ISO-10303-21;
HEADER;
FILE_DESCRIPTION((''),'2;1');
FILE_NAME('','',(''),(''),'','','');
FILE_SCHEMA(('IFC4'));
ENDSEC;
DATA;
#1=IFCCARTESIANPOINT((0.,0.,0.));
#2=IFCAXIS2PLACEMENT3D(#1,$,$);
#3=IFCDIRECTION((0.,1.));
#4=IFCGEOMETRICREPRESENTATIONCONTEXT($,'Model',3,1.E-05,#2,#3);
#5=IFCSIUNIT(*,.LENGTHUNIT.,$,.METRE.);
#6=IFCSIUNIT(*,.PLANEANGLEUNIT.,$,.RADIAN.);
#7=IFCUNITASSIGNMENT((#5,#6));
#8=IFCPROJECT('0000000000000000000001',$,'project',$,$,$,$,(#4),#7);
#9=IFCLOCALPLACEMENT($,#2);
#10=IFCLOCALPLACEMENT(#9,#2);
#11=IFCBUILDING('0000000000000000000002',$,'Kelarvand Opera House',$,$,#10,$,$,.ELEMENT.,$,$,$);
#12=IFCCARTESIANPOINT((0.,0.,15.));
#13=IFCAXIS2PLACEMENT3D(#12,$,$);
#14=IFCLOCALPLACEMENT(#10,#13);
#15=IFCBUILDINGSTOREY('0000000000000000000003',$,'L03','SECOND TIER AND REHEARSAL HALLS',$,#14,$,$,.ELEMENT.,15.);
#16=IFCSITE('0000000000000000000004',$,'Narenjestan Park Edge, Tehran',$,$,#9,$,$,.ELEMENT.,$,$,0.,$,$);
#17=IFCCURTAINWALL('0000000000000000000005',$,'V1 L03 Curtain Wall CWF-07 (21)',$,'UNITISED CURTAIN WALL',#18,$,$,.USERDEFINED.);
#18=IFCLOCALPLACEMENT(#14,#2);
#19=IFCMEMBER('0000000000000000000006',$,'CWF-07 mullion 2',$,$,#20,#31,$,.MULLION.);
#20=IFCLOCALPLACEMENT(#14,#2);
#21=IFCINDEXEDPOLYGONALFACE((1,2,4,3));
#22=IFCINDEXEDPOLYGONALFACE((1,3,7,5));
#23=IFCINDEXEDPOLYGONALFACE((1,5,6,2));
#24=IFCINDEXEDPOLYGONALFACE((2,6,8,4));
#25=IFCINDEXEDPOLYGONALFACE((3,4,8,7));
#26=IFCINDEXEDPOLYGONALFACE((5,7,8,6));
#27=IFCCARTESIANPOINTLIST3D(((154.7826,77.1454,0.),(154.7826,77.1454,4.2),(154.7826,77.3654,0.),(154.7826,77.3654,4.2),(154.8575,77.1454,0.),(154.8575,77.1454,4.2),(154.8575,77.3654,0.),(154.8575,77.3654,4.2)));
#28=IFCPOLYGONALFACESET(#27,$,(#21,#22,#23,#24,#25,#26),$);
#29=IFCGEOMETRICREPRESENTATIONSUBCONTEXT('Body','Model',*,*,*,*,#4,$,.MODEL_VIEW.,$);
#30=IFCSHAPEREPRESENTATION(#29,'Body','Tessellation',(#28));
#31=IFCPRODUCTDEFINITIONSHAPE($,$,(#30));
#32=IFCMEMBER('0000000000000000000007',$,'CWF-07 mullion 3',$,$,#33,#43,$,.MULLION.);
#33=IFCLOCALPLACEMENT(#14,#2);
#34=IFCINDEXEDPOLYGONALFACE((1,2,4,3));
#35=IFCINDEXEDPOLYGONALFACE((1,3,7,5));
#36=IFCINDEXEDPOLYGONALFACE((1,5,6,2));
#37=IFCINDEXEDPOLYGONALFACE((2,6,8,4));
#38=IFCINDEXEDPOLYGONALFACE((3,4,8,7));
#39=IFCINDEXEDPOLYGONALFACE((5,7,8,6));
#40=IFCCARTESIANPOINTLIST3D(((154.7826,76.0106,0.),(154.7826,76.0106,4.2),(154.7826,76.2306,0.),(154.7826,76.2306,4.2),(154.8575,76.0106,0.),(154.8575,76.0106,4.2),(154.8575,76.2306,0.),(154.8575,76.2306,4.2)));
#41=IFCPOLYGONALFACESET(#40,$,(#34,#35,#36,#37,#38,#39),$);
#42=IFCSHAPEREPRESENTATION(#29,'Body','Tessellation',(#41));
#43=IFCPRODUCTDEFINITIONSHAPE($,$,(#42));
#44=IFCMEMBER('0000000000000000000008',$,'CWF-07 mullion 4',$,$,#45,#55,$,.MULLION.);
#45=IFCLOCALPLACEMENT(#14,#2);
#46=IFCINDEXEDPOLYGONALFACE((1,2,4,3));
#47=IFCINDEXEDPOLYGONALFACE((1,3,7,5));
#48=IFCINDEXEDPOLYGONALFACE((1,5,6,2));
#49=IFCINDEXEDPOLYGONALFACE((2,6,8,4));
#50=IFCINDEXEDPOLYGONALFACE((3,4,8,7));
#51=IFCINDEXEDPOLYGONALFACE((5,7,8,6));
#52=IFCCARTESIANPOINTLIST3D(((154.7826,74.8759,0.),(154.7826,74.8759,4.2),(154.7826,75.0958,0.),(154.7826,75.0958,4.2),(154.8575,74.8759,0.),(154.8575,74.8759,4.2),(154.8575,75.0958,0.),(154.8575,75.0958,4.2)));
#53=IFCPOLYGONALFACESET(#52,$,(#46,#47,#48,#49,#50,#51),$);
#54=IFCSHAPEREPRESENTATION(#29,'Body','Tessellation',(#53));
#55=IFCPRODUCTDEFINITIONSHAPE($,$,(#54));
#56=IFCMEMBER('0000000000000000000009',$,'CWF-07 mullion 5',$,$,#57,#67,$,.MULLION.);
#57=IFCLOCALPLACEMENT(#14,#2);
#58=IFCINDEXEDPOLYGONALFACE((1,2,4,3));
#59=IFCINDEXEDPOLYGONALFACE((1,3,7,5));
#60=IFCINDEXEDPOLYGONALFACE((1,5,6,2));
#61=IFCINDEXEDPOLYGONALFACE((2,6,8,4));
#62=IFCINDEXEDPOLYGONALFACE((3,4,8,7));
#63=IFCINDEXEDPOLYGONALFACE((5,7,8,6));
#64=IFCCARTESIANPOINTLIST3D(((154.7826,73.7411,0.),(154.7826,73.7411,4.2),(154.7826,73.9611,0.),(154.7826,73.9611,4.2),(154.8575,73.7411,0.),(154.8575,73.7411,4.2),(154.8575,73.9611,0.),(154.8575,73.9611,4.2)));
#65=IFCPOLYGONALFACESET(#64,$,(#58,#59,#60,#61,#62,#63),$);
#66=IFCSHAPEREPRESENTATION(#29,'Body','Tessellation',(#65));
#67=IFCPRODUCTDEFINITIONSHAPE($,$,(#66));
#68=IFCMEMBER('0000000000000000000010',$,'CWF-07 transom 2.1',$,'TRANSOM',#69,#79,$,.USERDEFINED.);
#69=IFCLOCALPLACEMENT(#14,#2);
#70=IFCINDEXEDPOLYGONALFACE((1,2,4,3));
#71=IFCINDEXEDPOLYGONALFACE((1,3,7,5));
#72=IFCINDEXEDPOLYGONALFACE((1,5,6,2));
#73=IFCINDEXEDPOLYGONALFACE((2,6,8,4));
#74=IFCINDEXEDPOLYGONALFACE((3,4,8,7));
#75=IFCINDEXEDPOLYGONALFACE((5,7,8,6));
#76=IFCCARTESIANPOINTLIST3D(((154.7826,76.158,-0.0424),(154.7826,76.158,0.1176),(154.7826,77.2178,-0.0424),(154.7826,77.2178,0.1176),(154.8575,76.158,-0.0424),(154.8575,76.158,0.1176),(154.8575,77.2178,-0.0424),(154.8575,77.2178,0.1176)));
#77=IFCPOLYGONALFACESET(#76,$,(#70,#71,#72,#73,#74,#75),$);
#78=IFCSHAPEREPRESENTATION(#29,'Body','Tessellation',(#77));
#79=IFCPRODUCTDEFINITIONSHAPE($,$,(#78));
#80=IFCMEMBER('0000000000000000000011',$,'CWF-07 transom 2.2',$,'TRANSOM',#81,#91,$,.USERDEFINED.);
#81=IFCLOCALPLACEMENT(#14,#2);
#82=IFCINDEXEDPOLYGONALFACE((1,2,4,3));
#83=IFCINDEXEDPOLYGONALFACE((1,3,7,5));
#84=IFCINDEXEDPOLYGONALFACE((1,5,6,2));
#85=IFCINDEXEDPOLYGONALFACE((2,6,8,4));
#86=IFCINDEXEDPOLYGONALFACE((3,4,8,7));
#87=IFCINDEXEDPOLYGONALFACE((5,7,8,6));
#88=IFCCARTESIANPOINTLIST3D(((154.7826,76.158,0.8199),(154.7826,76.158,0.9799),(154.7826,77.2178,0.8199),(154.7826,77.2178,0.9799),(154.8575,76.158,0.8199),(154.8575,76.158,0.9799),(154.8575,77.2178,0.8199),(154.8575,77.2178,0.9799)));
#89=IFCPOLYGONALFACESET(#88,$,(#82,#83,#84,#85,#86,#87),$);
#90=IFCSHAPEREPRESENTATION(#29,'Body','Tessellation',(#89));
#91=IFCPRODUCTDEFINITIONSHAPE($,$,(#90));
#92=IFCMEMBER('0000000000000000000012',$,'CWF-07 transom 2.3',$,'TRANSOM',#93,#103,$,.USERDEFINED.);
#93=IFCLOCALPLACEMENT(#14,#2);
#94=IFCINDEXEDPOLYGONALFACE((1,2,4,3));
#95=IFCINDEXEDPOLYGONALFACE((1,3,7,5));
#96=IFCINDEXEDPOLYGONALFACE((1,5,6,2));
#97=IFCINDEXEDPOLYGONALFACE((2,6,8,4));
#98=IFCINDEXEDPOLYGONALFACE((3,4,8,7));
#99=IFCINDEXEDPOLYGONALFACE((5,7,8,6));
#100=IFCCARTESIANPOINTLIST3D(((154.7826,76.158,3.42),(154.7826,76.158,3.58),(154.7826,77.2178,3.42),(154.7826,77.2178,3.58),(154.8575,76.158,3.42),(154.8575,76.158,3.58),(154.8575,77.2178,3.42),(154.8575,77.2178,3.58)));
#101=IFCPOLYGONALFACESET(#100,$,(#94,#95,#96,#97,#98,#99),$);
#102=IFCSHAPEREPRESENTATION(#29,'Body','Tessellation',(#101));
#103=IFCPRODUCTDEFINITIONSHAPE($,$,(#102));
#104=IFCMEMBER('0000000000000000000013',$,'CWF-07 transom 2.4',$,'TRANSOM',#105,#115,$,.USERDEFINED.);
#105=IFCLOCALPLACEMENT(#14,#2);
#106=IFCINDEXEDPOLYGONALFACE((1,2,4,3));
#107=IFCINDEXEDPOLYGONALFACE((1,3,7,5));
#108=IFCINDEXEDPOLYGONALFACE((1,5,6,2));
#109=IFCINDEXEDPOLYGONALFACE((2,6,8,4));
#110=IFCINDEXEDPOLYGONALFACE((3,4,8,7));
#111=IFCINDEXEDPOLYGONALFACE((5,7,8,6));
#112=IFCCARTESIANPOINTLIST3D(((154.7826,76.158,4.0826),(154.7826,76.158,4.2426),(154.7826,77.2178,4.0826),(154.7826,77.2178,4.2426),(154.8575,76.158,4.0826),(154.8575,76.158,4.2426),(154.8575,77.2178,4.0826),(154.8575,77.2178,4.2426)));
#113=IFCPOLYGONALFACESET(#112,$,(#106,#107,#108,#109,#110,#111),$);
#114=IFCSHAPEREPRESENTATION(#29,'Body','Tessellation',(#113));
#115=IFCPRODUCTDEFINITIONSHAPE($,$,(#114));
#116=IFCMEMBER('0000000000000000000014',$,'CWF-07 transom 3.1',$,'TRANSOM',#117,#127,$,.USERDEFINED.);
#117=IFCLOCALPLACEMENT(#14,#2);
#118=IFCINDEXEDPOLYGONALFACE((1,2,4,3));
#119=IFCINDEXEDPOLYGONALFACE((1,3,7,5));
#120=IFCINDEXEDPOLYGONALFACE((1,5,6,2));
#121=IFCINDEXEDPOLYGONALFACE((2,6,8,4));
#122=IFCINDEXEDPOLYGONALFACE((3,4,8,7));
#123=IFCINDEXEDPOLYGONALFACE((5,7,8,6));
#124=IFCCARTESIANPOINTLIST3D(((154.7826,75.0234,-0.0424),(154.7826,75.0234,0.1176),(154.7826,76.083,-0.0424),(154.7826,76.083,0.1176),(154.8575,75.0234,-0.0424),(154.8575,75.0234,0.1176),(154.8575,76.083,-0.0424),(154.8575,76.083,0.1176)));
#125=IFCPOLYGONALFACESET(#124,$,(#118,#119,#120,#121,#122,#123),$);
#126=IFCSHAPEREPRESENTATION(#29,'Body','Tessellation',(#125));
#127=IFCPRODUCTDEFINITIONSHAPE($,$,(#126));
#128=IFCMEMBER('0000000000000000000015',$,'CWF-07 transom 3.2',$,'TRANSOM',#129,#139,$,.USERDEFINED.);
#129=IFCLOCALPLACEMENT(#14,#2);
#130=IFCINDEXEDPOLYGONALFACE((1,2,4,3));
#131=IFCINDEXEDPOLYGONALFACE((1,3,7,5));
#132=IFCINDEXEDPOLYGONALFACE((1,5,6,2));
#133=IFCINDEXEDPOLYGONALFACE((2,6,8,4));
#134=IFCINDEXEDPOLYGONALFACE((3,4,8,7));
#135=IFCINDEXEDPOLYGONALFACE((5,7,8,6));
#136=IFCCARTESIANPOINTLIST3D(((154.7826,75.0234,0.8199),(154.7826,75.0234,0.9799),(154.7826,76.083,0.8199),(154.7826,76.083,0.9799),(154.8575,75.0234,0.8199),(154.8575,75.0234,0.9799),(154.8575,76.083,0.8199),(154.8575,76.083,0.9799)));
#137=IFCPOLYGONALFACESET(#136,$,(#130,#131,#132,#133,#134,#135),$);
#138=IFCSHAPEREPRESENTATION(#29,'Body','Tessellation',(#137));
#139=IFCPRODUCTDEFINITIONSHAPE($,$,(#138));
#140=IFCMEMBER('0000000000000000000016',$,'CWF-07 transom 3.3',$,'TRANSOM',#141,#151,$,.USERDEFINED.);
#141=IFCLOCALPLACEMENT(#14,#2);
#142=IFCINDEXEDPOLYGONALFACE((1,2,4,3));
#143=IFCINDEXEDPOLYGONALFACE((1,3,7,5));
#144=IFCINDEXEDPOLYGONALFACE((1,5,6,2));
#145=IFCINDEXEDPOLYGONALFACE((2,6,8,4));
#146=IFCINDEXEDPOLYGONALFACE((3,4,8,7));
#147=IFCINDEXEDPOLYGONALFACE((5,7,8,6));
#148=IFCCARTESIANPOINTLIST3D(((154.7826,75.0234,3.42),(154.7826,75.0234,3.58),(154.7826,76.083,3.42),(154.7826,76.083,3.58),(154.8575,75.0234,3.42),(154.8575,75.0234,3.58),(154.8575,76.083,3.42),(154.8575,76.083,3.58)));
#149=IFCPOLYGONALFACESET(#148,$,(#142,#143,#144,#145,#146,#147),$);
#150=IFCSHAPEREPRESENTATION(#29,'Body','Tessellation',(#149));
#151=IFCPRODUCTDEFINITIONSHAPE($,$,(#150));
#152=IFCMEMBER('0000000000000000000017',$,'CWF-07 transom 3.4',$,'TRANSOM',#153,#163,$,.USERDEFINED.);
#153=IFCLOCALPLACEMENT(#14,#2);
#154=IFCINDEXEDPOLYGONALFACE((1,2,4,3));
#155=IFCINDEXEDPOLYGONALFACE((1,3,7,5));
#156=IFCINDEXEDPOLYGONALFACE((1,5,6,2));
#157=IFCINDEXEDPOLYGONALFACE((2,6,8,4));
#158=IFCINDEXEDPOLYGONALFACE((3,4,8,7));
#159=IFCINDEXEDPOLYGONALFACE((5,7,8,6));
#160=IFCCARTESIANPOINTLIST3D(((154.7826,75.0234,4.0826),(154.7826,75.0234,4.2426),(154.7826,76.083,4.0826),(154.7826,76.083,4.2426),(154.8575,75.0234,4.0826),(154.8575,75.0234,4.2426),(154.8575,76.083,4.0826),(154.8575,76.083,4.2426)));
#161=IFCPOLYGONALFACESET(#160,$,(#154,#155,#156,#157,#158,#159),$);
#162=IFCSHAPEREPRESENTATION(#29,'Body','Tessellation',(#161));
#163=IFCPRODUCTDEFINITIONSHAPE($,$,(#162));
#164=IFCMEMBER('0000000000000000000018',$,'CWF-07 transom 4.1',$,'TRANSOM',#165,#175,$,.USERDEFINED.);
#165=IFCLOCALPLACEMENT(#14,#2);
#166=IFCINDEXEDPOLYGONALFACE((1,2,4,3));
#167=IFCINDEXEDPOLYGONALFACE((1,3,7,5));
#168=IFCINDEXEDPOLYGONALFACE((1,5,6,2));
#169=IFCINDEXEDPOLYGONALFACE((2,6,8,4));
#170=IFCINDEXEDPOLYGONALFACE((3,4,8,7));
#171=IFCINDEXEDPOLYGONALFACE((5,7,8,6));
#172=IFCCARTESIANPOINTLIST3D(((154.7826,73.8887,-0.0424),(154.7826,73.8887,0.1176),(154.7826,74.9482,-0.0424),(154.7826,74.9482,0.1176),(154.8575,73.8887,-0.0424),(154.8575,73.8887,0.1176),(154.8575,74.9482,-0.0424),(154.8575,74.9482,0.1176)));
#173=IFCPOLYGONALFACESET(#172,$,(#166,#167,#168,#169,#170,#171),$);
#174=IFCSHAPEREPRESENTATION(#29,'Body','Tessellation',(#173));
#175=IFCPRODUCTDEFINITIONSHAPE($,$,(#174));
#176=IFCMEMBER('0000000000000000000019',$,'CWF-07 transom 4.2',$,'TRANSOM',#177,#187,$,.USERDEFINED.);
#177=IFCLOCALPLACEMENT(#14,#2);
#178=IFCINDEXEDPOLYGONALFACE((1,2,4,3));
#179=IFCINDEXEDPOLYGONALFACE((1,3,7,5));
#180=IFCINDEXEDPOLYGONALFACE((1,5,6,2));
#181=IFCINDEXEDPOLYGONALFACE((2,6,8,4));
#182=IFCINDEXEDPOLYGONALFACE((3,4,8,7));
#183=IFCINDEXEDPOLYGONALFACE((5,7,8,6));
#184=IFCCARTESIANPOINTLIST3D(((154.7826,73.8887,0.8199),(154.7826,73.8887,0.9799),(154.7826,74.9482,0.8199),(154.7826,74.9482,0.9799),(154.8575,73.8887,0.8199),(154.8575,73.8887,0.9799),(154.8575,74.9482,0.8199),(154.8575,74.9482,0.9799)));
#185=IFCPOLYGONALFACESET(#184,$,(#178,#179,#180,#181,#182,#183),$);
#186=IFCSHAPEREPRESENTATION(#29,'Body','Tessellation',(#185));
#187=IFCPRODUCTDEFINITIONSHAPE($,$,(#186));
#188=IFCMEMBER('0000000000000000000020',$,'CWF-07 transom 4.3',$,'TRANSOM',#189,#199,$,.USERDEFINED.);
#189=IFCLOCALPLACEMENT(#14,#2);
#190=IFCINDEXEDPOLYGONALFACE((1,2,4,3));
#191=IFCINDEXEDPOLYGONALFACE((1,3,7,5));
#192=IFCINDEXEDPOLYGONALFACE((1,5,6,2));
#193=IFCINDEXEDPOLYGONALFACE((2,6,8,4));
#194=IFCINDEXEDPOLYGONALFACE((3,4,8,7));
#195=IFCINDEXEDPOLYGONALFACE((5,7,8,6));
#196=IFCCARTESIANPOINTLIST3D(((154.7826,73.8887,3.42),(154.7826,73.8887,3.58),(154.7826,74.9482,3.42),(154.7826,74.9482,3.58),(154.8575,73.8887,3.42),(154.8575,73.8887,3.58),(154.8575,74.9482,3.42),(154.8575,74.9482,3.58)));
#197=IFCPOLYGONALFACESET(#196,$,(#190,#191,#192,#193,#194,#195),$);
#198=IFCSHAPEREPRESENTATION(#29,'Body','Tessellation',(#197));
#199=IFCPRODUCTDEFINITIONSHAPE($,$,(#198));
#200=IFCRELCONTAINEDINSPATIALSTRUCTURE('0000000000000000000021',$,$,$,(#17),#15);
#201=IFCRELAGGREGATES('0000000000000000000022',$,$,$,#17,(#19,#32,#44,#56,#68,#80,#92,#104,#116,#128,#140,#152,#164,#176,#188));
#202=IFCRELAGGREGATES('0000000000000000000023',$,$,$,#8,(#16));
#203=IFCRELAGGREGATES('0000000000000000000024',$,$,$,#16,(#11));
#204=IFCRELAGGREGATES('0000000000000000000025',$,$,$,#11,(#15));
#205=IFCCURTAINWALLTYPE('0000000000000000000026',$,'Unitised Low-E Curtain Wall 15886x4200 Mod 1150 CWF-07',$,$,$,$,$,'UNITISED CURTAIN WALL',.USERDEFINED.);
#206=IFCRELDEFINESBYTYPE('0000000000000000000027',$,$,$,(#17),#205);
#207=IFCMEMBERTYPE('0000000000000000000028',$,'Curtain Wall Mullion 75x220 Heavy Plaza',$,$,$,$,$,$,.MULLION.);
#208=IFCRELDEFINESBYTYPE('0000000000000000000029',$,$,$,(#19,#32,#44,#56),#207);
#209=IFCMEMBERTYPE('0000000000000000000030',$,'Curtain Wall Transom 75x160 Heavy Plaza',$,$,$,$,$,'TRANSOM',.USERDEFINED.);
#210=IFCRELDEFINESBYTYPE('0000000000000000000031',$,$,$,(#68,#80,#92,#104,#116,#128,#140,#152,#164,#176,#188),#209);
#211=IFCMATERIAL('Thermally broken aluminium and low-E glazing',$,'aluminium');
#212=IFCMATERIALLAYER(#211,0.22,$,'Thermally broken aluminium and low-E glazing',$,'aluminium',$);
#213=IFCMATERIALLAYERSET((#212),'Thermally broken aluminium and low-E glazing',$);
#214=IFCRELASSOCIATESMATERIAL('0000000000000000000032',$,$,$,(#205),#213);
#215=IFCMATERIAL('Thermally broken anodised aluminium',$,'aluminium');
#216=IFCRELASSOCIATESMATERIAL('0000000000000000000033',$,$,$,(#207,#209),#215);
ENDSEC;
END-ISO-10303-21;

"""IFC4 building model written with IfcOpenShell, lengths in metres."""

from ifc_helpers import new_model, si_unit, direction, frame, origin, origin_2d, place, context, subcontext, project, spatial, rectangle, extrude, material, layer, layer_set, material_profile, profile_set, type_object, element, aggregate, save


model = new_model("IFC4")

# Units and contexts
model_context = context("Model", 3, precision=1e-05, world=origin(), true_north=direction((0.0, 1.0)))
body_context = subcontext(model_context, "Body", "Model", "MODEL_VIEW")
ifc_project = project(units=[si_unit("LENGTHUNIT", "METRE"), si_unit("PLANEANGLEUNIT", "RADIAN")], contexts=[model_context])

# Site, building, storey
site_placement = place(None, origin())
site = spatial("IfcSite", under=ifc_project, at=site_placement, Name="Narenjestan Park Edge, Tehran", CompositionType="ELEMENT", RefElevation=0.0)
building_placement = place(site_placement, origin())
building = spatial("IfcBuilding", under=site, at=building_placement, Name="Kelarvand Opera House", CompositionType="ELEMENT")
storey_placement = place(building_placement, frame((0.0, 0.0, 15.0)))
storey = spatial("IfcBuildingStorey", under=building, at=storey_placement, Name="L03", Description="SECOND TIER AND REHEARSAL HALLS", CompositionType="ELEMENT", Elevation=15.0)

# Curtain wall, members
ifc_material_1 = material(Name="Thermally broken aluminium and low-E glazing", Category="aluminium")
ifc_layer_1 = layer(ifc_material_1, 0.22, Name="Thermally broken aluminium and low-E glazing", Category="aluminium")
ifc_layer_set_1 = layer_set([ifc_layer_1], Name="Thermally broken aluminium and low-E glazing")
curtain_wall_type = type_object("IfcCurtainWallType", Name="Unitised Low-E Curtain Wall 15886x4200 Mod 1150 CWF-07", ElementType="UNITISED CURTAIN WALL", PredefinedType="USERDEFINED", material=ifc_layer_set_1)
curtain_wall_placement = place(storey_placement, origin())
curtain_wall = element("IfcCurtainWall", 1, at=curtain_wall_placement, inside=storey, type_object=curtain_wall_type, Name="V1 L03 Curtain Wall CWF-07 (21)", ObjectType="UNITISED CURTAIN WALL", PredefinedType="USERDEFINED")
ifc_material_2 = material(Name="Thermally broken anodised aluminium", Category="aluminium")
ifc_material_profile_1 = material_profile(ifc_material_2, rectangle(XDim=0.075, YDim=0.22, at=origin_2d()), Name="ALU MULLION 75x220", Category="aluminium")
ifc_profile_set_1 = profile_set([ifc_material_profile_1], Name="Thermally broken anodised aluminium")
member_type_1 = type_object("IfcMemberType", Name="Curtain Wall Mullion 75x220 Heavy Plaza", PredefinedType="MULLION", material=ifc_profile_set_1)
member_1_placement = place(storey_placement, frame((154.8201, 77.2554, 0.0), z_axis=(0.0, 0.0, 1.0), x_axis=(1.0, 0.0, 0.0)))
member_1 = element("IfcMember", 2, at=member_1_placement, type_object=member_type_1, Name="CWF-07 mullion 2", PredefinedType="MULLION", context=body_context, shape_type="SweptSolid", body=[
    extrude(rectangle(XDim=0.075, YDim=0.22, at=origin_2d()), origin(), (0.0, 0.0, 1.0), 4.2),
])
member_2_placement = place(storey_placement, frame((154.8201, 76.1206, 0.0), z_axis=(0.0, 0.0, 1.0), x_axis=(1.0, 0.0, 0.0)))
member_2 = element("IfcMember", 3, at=member_2_placement, type_object=member_type_1, Name="CWF-07 mullion 3", PredefinedType="MULLION", context=body_context, shape_type="SweptSolid", body=[
    extrude(rectangle(XDim=0.075, YDim=0.22, at=origin_2d()), origin(), (0.0, 0.0, 1.0), 4.2),
])
member_3_placement = place(storey_placement, frame((154.8201, 74.9858, 0.0), z_axis=(0.0, 0.0, 1.0), x_axis=(1.0, 0.0, 0.0)))
member_3 = element("IfcMember", 4, at=member_3_placement, type_object=member_type_1, Name="CWF-07 mullion 4", PredefinedType="MULLION", context=body_context, shape_type="SweptSolid", body=[
    extrude(rectangle(XDim=0.075, YDim=0.22, at=origin_2d()), origin(), (0.0, 0.0, 1.0), 4.2),
])
member_4_placement = place(storey_placement, frame((154.8201, 73.8511, 0.0), z_axis=(0.0, 0.0, 1.0), x_axis=(1.0, 0.0, 0.0)))
member_4 = element("IfcMember", 5, at=member_4_placement, type_object=member_type_1, Name="CWF-07 mullion 5", PredefinedType="MULLION", context=body_context, shape_type="SweptSolid", body=[
    extrude(rectangle(XDim=0.075, YDim=0.22, at=origin_2d()), origin(), (0.0, 0.0, 1.0), 4.2),
])
ifc_material_profile_2 = material_profile(ifc_material_2, rectangle(XDim=0.075, YDim=0.1599, at=origin_2d()), Name="ALU TRANSOM 75x160", Category="aluminium")
ifc_profile_set_2 = profile_set([ifc_material_profile_2], Name="Thermally broken anodised aluminium")
member_type_2 = type_object("IfcMemberType", Name="Curtain Wall Transom 75x160 Heavy Plaza", ElementType="TRANSOM", PredefinedType="USERDEFINED", material=ifc_profile_set_2)
member_5_placement = place(storey_placement, frame((154.8201, 77.2178, 0.0376), z_axis=(0.0, -1.0, 0.0), x_axis=(1.0, 0.0, 0.0)))
member_5 = element("IfcMember", 6, at=member_5_placement, type_object=member_type_2, Name="CWF-07 transom 2.1", ObjectType="TRANSOM", PredefinedType="USERDEFINED", context=body_context, shape_type="SweptSolid", body=[
    extrude(rectangle(XDim=0.075, YDim=0.1599, at=origin_2d()), origin(), (0.0, 0.0, 1.0), 1.0598),
])
member_6_placement = place(storey_placement, frame((154.8201, 77.2178, 0.8999), z_axis=(0.0, -1.0, 0.0), x_axis=(1.0, 0.0, 0.0)))
member_6 = element("IfcMember", 7, at=member_6_placement, type_object=member_type_2, Name="CWF-07 transom 2.2", ObjectType="TRANSOM", PredefinedType="USERDEFINED", context=body_context, shape_type="SweptSolid", body=[
    extrude(rectangle(XDim=0.075, YDim=0.1599, at=origin_2d()), origin(), (0.0, 0.0, 1.0), 1.0598),
])
member_7_placement = place(storey_placement, frame((154.8201, 77.2178, 3.5), z_axis=(0.0, -1.0, 0.0), x_axis=(1.0, 0.0, 0.0)))
member_7 = element("IfcMember", 8, at=member_7_placement, type_object=member_type_2, Name="CWF-07 transom 2.3", ObjectType="TRANSOM", PredefinedType="USERDEFINED", context=body_context, shape_type="SweptSolid", body=[
    extrude(rectangle(XDim=0.075, YDim=0.1599, at=origin_2d()), origin(), (0.0, 0.0, 1.0), 1.0598),
])
member_8_placement = place(storey_placement, frame((154.8201, 77.2178, 4.1626), z_axis=(0.0, -1.0, 0.0), x_axis=(1.0, 0.0, 0.0)))
member_8 = element("IfcMember", 9, at=member_8_placement, type_object=member_type_2, Name="CWF-07 transom 2.4", ObjectType="TRANSOM", PredefinedType="USERDEFINED", context=body_context, shape_type="SweptSolid", body=[
    extrude(rectangle(XDim=0.075, YDim=0.1599, at=origin_2d()), origin(), (0.0, 0.0, 1.0), 1.0598),
])
member_9_placement = place(storey_placement, frame((154.8201, 76.083, 0.0376), z_axis=(0.0, -1.0, 0.0), x_axis=(1.0, 0.0, 0.0)))
member_9 = element("IfcMember", 10, at=member_9_placement, type_object=member_type_2, Name="CWF-07 transom 3.1", ObjectType="TRANSOM", PredefinedType="USERDEFINED", context=body_context, shape_type="SweptSolid", body=[
    extrude(rectangle(XDim=0.075, YDim=0.1599, at=origin_2d()), origin(), (0.0, 0.0, 1.0), 1.0596),
])
member_10_placement = place(storey_placement, frame((154.8201, 76.083, 0.8999), z_axis=(0.0, -1.0, 0.0), x_axis=(1.0, 0.0, 0.0)))
member_10 = element("IfcMember", 11, at=member_10_placement, type_object=member_type_2, Name="CWF-07 transom 3.2", ObjectType="TRANSOM", PredefinedType="USERDEFINED", context=body_context, shape_type="SweptSolid", body=[
    extrude(rectangle(XDim=0.075, YDim=0.1599, at=origin_2d()), origin(), (0.0, 0.0, 1.0), 1.0596),
])
member_11_placement = place(storey_placement, frame((154.8201, 76.083, 3.5), z_axis=(0.0, -1.0, 0.0), x_axis=(1.0, 0.0, 0.0)))
member_11 = element("IfcMember", 12, at=member_11_placement, type_object=member_type_2, Name="CWF-07 transom 3.3", ObjectType="TRANSOM", PredefinedType="USERDEFINED", context=body_context, shape_type="SweptSolid", body=[
    extrude(rectangle(XDim=0.075, YDim=0.1599, at=origin_2d()), origin(), (0.0, 0.0, 1.0), 1.0596),
])
member_12_placement = place(storey_placement, frame((154.8201, 76.083, 4.1626), z_axis=(0.0, -1.0, 0.0), x_axis=(1.0, 0.0, 0.0)))
member_12 = element("IfcMember", 13, at=member_12_placement, type_object=member_type_2, Name="CWF-07 transom 3.4", ObjectType="TRANSOM", PredefinedType="USERDEFINED", context=body_context, shape_type="SweptSolid", body=[
    extrude(rectangle(XDim=0.075, YDim=0.1599, at=origin_2d()), origin(), (0.0, 0.0, 1.0), 1.0596),
])
member_13_placement = place(storey_placement, frame((154.8201, 74.9482, 0.0376), z_axis=(0.0, -1.0, 0.0), x_axis=(1.0, 0.0, 0.0)))
member_13 = element("IfcMember", 14, at=member_13_placement, type_object=member_type_2, Name="CWF-07 transom 4.1", ObjectType="TRANSOM", PredefinedType="USERDEFINED", context=body_context, shape_type="SweptSolid", body=[
    extrude(rectangle(XDim=0.075, YDim=0.1599, at=origin_2d()), origin(), (0.0, 0.0, 1.0), 1.0596),
])
member_14_placement = place(storey_placement, frame((154.8201, 74.9482, 0.8999), z_axis=(0.0, -1.0, 0.0), x_axis=(1.0, 0.0, 0.0)))
member_14 = element("IfcMember", 15, at=member_14_placement, type_object=member_type_2, Name="CWF-07 transom 4.2", ObjectType="TRANSOM", PredefinedType="USERDEFINED", context=body_context, shape_type="SweptSolid", body=[
    extrude(rectangle(XDim=0.075, YDim=0.1599, at=origin_2d()), origin(), (0.0, 0.0, 1.0), 1.0596),
])
member_15_placement = place(storey_placement, frame((154.8201, 74.9482, 3.5), z_axis=(0.0, -1.0, 0.0), x_axis=(1.0, 0.0, 0.0)))
member_15 = element("IfcMember", 16, at=member_15_placement, type_object=member_type_2, Name="CWF-07 transom 4.3", ObjectType="TRANSOM", PredefinedType="USERDEFINED", context=body_context, shape_type="SweptSolid", body=[
    extrude(rectangle(XDim=0.075, YDim=0.1599, at=origin_2d()), origin(), (0.0, 0.0, 1.0), 1.0596),
])

aggregate(curtain_wall, [member_1, member_2, member_3, member_4, member_5, member_6, member_7, member_8, member_9, member_10, member_11, member_12, member_13, member_14, member_15])

save(model, "model.ifc")
